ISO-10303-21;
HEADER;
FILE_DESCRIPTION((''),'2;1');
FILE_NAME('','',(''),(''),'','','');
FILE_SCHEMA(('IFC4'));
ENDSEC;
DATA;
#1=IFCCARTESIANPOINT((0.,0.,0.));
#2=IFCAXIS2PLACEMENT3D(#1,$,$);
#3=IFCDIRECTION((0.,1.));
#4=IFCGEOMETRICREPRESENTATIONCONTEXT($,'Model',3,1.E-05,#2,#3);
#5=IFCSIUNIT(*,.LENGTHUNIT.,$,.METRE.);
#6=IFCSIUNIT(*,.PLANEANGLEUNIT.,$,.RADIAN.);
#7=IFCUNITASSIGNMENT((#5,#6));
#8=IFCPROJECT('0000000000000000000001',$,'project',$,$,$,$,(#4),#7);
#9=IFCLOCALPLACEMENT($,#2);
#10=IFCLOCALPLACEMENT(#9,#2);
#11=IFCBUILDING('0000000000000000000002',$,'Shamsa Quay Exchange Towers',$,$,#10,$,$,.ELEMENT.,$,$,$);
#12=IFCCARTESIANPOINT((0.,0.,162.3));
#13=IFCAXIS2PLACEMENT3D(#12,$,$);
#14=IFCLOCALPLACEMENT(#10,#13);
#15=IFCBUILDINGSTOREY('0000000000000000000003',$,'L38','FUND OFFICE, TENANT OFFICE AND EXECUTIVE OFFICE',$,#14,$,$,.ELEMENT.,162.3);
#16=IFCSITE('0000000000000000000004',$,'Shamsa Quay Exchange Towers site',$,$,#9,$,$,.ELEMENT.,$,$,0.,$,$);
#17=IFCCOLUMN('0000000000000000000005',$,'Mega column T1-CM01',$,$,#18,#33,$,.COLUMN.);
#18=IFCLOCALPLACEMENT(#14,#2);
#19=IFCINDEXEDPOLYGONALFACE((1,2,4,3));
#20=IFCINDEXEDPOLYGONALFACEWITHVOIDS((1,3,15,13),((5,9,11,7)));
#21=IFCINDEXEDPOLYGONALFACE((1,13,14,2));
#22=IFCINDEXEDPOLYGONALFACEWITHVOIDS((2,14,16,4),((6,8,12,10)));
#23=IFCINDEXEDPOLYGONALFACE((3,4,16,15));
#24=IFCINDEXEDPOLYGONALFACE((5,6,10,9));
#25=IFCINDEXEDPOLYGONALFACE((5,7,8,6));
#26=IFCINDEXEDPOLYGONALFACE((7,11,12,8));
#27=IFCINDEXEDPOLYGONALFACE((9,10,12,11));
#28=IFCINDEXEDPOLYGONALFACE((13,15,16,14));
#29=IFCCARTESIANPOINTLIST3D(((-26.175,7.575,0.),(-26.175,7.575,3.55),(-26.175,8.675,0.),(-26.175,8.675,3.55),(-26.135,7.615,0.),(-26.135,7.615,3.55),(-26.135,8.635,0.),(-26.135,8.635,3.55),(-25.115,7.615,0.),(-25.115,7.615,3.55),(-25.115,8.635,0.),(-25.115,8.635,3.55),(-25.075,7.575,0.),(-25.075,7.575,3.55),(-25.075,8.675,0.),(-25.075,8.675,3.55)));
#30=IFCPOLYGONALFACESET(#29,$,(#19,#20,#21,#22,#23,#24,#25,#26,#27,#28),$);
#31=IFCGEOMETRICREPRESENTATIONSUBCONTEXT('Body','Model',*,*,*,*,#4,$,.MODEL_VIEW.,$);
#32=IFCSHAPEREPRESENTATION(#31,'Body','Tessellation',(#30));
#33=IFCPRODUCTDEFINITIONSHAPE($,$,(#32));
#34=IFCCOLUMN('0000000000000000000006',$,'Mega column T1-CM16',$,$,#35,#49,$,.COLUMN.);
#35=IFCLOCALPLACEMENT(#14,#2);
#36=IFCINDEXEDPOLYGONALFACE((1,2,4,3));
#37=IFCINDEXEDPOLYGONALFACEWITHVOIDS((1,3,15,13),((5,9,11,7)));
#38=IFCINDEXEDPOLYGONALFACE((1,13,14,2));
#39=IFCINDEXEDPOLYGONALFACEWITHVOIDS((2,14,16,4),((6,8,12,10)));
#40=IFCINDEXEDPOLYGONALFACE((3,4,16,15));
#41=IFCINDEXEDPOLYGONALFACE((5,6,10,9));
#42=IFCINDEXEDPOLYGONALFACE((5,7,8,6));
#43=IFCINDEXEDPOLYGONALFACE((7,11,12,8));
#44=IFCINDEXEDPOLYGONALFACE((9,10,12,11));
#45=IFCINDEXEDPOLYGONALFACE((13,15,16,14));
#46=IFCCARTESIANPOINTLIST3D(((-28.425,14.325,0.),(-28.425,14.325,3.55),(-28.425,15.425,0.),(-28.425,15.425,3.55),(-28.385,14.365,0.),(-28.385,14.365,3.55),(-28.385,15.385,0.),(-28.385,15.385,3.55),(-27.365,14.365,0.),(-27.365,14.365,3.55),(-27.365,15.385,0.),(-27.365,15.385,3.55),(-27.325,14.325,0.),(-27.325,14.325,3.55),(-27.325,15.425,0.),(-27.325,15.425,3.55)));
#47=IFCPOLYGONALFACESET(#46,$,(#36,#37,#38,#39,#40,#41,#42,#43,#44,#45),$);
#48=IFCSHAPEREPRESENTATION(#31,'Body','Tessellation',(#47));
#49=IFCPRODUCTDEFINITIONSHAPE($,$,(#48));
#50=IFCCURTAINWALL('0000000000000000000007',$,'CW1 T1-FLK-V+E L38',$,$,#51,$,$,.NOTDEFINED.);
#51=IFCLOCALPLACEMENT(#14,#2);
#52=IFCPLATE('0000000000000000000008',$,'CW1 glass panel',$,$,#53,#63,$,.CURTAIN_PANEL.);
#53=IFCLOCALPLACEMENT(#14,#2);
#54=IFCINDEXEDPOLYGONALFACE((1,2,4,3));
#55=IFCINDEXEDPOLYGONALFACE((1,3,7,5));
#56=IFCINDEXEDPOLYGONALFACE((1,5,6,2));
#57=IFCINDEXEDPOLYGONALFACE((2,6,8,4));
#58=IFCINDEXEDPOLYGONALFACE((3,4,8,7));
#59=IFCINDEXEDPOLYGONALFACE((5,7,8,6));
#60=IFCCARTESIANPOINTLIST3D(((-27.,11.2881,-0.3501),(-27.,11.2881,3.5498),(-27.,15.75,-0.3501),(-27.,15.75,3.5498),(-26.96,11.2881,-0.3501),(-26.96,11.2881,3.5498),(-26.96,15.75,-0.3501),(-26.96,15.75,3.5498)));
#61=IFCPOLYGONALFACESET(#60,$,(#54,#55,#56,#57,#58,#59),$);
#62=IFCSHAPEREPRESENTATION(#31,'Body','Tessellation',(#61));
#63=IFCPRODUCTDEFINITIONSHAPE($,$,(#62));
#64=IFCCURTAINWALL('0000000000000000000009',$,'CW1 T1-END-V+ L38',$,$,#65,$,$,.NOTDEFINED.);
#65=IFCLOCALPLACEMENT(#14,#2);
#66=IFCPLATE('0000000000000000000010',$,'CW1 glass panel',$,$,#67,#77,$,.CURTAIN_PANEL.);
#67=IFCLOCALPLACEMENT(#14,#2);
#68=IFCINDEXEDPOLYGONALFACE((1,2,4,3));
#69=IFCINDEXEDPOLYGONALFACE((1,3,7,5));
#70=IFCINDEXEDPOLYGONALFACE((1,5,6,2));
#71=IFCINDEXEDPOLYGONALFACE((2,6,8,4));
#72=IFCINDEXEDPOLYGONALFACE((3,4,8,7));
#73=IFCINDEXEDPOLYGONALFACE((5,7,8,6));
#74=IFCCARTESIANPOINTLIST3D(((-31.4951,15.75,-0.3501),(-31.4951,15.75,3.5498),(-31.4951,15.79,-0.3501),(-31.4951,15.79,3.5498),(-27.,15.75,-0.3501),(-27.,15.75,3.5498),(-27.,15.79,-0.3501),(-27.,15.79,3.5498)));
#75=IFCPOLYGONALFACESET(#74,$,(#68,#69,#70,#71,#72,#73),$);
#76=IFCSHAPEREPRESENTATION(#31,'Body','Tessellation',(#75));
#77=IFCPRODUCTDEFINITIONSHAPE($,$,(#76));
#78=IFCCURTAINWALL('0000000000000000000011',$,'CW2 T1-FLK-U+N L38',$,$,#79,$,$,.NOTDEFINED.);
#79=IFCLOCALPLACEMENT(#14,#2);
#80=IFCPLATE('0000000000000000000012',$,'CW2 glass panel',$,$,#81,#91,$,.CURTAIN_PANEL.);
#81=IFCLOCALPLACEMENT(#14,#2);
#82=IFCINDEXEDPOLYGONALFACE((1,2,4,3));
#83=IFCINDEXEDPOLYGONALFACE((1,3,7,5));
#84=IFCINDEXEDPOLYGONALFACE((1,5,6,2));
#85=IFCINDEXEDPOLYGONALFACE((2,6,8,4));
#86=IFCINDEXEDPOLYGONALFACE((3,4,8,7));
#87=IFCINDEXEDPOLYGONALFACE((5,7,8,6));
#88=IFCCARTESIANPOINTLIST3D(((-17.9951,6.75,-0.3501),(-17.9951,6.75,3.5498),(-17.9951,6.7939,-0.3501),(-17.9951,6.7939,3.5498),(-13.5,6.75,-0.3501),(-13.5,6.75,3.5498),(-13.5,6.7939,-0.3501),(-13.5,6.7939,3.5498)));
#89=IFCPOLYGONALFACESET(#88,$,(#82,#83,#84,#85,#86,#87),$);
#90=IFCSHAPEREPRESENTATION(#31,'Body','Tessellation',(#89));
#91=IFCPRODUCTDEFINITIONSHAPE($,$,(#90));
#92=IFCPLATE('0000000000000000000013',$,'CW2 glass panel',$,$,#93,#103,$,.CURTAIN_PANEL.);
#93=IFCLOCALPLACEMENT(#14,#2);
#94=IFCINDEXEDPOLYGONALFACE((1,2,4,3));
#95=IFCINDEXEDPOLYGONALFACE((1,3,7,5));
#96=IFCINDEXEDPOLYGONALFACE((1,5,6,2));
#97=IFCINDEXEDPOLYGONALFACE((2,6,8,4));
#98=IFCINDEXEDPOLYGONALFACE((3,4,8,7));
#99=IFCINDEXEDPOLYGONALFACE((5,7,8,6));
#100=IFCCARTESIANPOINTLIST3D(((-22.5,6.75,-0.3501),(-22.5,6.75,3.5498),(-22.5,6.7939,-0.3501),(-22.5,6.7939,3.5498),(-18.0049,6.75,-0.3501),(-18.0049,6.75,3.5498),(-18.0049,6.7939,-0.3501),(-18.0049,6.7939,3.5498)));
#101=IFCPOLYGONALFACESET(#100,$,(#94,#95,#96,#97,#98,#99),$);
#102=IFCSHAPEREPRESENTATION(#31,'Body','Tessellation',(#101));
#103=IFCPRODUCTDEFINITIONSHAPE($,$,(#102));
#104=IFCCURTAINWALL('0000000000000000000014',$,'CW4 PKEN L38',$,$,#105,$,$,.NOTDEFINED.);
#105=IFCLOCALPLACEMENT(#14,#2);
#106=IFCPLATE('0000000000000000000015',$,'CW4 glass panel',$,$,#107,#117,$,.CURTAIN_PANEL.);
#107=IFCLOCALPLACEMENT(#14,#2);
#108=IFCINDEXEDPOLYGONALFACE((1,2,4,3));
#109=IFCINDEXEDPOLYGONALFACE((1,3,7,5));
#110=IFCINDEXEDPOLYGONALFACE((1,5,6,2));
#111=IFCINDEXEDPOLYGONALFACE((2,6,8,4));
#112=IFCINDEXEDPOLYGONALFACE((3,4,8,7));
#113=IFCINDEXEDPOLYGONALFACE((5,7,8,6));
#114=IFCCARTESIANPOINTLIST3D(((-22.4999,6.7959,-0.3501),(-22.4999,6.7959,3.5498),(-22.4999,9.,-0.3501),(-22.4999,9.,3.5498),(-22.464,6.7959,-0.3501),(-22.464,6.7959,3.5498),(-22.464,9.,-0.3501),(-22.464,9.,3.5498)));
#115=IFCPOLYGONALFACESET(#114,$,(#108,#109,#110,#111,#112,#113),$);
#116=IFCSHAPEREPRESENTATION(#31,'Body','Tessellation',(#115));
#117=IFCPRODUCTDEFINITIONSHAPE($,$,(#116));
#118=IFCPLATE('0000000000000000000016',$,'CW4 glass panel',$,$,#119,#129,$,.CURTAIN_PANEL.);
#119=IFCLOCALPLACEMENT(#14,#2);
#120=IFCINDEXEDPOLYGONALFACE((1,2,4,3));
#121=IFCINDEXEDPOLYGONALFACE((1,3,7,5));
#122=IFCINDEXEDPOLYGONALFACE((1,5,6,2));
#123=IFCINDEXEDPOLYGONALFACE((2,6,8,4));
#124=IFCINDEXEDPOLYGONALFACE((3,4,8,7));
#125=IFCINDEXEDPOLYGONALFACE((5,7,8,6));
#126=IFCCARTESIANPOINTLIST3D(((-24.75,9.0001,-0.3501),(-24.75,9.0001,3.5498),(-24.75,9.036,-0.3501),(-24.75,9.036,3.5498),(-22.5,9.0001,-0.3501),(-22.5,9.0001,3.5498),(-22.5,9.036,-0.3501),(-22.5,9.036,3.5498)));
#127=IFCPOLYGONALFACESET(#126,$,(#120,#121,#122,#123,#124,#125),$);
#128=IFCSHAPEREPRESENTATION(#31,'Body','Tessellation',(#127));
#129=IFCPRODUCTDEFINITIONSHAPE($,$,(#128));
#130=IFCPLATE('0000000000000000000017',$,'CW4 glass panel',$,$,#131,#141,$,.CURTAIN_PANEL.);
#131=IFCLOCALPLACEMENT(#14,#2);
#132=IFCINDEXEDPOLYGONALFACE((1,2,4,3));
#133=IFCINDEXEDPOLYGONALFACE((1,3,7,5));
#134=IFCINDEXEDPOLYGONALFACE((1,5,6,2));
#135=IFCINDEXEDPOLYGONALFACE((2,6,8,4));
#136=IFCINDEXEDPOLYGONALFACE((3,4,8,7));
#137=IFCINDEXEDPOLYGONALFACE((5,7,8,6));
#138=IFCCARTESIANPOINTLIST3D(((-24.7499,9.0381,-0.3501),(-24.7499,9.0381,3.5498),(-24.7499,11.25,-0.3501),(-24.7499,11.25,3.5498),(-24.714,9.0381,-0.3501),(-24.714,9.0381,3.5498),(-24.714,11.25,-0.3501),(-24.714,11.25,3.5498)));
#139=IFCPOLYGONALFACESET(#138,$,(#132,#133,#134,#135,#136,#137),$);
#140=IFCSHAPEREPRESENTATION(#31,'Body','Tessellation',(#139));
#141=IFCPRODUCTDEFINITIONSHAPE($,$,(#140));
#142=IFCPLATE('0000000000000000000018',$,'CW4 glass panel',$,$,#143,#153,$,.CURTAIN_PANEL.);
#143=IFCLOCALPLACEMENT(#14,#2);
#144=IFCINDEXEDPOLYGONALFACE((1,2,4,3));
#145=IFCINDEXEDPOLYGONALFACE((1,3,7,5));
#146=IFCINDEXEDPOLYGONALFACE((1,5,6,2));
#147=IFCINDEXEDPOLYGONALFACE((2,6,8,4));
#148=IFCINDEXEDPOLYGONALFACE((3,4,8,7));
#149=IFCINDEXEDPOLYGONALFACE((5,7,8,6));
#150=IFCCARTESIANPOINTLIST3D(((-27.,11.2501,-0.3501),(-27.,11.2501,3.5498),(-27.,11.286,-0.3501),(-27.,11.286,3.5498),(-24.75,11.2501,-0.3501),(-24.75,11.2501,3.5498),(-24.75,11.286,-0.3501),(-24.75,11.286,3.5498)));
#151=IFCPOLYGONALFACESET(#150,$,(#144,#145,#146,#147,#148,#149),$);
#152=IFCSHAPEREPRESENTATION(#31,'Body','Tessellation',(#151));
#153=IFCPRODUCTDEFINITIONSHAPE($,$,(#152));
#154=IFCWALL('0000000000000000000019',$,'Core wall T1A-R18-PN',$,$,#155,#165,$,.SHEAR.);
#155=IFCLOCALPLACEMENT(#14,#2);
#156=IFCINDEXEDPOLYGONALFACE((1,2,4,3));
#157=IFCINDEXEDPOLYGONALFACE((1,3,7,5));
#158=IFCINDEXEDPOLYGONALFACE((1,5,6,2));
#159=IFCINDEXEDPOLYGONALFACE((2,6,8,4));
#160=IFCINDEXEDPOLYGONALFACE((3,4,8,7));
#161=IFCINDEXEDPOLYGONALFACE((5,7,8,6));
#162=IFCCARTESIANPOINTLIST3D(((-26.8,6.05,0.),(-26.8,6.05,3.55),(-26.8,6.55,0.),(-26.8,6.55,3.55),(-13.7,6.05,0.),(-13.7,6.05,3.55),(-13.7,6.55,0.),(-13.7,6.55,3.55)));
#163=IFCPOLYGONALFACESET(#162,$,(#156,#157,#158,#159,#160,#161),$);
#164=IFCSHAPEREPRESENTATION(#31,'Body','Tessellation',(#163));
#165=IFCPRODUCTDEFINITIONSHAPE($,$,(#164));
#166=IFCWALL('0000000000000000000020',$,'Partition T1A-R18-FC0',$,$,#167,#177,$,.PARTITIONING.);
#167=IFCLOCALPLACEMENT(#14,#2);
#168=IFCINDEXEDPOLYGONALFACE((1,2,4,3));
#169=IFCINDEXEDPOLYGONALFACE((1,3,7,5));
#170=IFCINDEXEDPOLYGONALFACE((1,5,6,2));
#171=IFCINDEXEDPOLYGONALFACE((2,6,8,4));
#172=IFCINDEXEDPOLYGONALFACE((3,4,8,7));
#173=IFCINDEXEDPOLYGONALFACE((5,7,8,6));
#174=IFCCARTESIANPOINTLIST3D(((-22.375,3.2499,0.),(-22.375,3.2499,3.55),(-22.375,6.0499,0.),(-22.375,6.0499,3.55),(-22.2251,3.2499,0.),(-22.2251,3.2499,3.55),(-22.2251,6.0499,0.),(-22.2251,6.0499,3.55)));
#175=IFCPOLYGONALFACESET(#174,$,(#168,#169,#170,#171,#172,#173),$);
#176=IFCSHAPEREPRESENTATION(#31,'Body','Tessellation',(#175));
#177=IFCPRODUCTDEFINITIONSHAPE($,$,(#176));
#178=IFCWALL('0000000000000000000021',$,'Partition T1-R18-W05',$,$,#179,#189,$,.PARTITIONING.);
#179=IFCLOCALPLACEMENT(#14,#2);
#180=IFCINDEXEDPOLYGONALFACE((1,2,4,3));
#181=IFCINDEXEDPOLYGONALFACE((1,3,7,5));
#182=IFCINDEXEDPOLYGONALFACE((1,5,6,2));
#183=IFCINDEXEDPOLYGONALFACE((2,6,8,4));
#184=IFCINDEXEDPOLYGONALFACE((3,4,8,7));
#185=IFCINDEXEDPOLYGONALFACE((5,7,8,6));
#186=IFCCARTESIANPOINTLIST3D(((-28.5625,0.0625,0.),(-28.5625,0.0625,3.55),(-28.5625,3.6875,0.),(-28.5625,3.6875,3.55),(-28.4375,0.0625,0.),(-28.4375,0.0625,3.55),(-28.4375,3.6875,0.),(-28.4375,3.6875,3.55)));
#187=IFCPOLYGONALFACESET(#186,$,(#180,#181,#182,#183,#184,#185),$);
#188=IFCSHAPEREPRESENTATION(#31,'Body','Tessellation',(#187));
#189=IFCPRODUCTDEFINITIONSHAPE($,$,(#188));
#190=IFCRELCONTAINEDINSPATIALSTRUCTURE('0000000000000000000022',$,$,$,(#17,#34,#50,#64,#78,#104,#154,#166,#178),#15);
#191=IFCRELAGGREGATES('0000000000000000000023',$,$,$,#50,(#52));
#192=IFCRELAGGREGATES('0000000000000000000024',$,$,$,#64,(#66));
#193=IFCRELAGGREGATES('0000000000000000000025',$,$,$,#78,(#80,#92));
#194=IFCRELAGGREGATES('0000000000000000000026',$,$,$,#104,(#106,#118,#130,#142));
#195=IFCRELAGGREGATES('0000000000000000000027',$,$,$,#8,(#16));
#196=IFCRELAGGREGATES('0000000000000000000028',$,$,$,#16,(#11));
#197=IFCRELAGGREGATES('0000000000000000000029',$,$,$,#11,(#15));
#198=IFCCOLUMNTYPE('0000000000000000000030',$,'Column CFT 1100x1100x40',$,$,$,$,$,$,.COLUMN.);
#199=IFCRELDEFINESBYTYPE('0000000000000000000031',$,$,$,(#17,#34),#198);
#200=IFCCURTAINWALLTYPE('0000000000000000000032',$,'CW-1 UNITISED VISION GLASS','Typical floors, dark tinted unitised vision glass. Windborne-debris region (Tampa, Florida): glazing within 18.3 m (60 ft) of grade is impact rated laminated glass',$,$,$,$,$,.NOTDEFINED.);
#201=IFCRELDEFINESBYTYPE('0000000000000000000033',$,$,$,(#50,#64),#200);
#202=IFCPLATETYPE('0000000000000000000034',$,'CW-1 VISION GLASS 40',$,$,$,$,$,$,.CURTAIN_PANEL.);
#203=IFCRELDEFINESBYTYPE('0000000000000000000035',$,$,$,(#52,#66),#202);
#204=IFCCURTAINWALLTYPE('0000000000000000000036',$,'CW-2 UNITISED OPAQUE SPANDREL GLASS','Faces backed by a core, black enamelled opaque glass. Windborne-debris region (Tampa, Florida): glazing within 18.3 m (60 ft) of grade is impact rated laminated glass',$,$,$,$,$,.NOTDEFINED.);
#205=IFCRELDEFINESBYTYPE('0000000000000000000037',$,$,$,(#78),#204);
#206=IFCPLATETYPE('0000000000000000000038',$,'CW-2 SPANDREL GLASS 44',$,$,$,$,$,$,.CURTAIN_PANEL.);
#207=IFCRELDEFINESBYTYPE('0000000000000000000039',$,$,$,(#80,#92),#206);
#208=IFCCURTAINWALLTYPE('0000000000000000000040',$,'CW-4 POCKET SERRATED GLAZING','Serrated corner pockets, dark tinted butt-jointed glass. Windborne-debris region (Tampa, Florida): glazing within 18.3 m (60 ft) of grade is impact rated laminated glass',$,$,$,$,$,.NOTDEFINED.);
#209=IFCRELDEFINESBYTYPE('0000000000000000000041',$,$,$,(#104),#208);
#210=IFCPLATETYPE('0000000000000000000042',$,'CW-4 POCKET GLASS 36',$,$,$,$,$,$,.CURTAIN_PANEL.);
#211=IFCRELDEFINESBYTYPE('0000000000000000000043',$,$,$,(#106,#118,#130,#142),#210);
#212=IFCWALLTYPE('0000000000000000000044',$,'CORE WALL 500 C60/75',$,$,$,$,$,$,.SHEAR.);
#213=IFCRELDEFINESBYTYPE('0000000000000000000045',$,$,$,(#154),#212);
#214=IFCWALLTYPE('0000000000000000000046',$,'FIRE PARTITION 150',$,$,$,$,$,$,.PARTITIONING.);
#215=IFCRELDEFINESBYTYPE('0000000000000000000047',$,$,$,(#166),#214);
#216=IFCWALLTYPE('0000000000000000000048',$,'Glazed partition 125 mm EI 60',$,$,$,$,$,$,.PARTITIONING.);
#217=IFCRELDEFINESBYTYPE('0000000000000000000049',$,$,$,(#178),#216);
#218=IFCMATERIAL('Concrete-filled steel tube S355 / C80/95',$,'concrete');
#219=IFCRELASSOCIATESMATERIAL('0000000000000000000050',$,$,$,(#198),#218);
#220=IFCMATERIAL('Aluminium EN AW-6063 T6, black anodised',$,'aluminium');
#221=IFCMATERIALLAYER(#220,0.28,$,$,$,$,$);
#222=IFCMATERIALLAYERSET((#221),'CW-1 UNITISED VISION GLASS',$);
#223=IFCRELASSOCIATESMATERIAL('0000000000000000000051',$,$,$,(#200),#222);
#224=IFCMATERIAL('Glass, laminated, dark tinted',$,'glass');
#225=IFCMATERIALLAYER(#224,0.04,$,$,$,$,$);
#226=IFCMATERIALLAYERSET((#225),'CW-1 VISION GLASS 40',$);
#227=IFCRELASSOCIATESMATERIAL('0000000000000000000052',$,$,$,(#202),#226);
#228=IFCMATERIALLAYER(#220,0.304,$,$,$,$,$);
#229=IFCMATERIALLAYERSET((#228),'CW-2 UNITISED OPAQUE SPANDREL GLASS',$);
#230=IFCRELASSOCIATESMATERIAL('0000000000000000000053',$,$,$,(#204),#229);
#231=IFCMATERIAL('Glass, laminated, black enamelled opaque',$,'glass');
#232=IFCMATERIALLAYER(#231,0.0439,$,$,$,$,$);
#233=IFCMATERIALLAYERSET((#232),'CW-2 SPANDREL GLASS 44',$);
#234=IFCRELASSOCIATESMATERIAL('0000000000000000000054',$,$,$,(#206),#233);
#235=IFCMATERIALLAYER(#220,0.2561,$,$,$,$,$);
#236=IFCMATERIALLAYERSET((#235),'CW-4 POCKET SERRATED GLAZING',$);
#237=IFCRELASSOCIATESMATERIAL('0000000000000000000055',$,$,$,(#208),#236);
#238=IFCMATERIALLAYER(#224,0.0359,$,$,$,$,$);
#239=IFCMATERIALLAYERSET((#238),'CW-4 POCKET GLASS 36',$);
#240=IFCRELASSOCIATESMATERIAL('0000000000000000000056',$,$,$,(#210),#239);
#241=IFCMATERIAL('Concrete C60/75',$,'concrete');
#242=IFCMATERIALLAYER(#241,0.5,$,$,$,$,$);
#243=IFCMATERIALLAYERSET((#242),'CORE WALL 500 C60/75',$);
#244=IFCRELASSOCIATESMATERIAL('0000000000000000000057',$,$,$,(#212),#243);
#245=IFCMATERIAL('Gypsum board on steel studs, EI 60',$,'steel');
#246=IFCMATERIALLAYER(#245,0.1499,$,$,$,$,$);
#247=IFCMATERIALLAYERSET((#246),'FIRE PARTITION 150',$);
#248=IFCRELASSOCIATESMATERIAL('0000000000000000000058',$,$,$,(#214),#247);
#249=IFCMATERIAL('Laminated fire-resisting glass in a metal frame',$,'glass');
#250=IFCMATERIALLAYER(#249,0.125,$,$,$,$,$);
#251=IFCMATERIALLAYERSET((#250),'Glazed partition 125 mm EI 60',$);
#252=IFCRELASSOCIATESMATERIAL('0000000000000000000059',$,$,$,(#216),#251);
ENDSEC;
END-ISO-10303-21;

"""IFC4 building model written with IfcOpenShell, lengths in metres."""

from ifc_helpers import new_model, si_unit, direction, frame, frame_2d, origin, origin_2d, place, context, subcontext, project, spatial, rectangle, hollow_rectangle, extrude, material, layer, layer_set, material_profile, profile_set, type_object, element, aggregate, save


model = new_model("IFC4")

# Units and contexts
model_context = context("Model", 3, precision=1e-05, world=origin(), true_north=direction((0.0, 1.0)))
body_context = subcontext(model_context, "Body", "Model", "MODEL_VIEW")
ifc_project = project(units=[si_unit("LENGTHUNIT", "METRE"), si_unit("PLANEANGLEUNIT", "RADIAN")], contexts=[model_context])

# Site, building, storey
site_placement = place(None, origin())
site = spatial("IfcSite", under=ifc_project, at=site_placement, Name="Shamsa Quay Exchange Towers site", CompositionType="ELEMENT", RefElevation=0.0)
building_placement = place(site_placement, origin())
building = spatial("IfcBuilding", under=site, at=building_placement, Name="Shamsa Quay Exchange Towers", CompositionType="ELEMENT")
storey_placement = place(building_placement, frame((0.0, 0.0, 162.3)))
storey = spatial("IfcBuildingStorey", under=building, at=storey_placement, Name="L38", Description="FUND OFFICE, TENANT OFFICE AND EXECUTIVE OFFICE", CompositionType="ELEMENT", Elevation=162.3)

# Columns
ifc_material_1 = material(Name="Concrete-filled steel tube S355 / C80/95", Category="concrete")
ifc_material_profile_1 = material_profile(ifc_material_1, hollow_rectangle(XDim=1.1001, YDim=1.1001, WallThickness=0.04, at=origin_2d()), Name="CFT 1100x1100x40")
ifc_profile_set_1 = profile_set([ifc_material_profile_1], Name="Concrete-filled steel tube S355 / C80/95")
column_type = type_object("IfcColumnType", Name="Column CFT 1100x1100x40", PredefinedType="COLUMN", material=ifc_profile_set_1)
for number, where, name in (
    (1, (-25.625, 8.125, 0.0), "Mega column T1-CM01"),
    (2, (-27.875, 14.875, 0.0), "Mega column T1-CM16"),
):
    element("IfcColumn", number, at=place(storey_placement, frame(where)), inside=storey, type_object=column_type, Name=name, PredefinedType="COLUMN", context=body_context, shape_type="SweptSolid", body=[
        extrude(hollow_rectangle(XDim=1.1001, YDim=1.1001, WallThickness=0.04, at=origin_2d()), origin(), (0.0, 0.0, 1.0), 3.55),
    ])

# Curtain walls, plates
ifc_material_2 = material(Name="Aluminium EN AW-6063 T6, black anodised", Category="aluminium")
ifc_layer_1 = layer(ifc_material_2, 0.28)
ifc_layer_set_1 = layer_set([ifc_layer_1], Name="CW-1 UNITISED VISION GLASS")
curtain_wall_type_1 = type_object("IfcCurtainWallType", Name="CW-1 UNITISED VISION GLASS", Description="Typical floors, dark tinted unitised vision glass. Windborne-debris region (Tampa, Florida): glazing within 18.3 m (60 ft) of grade is impact rated laminated glass", PredefinedType="NOTDEFINED", material=ifc_layer_set_1)
curtain_wall_1_placement = place(storey_placement, origin())
curtain_wall_1 = element("IfcCurtainWall", 3, at=curtain_wall_1_placement, inside=storey, type_object=curtain_wall_type_1, Name="CW1 T1-FLK-V+E L38", PredefinedType="NOTDEFINED")
ifc_material_3 = material(Name="Glass, laminated, dark tinted", Category="glass")
ifc_layer_2 = layer(ifc_material_3, 0.04)
ifc_layer_set_2 = layer_set([ifc_layer_2], Name="CW-1 VISION GLASS 40")
plate_type_1 = type_object("IfcPlateType", Name="CW-1 VISION GLASS 40", PredefinedType="CURTAIN_PANEL", material=ifc_layer_set_2)
plate_1_placement = place(storey_placement, frame((-26.98, 13.519, -0.3501), z_axis=(0.0, 0.0, 1.0), x_axis=(0.0, 1.0, 0.0)))
plate_1 = element("IfcPlate", 4, at=plate_1_placement, type_object=plate_type_1, Name="CW1 glass panel", PredefinedType="CURTAIN_PANEL", context=body_context, shape_type="SweptSolid", body=[
    extrude(rectangle(XDim=4.4619, YDim=0.04, at=origin_2d()), origin(), (0.0, 0.0, 1.0), 3.8999),
])
aggregate(curtain_wall_1, [plate_1])
curtain_wall_2_placement = place(storey_placement, origin())
curtain_wall_2 = element("IfcCurtainWall", 5, at=curtain_wall_2_placement, inside=storey, type_object=curtain_wall_type_1, Name="CW1 T1-END-V+ L38", PredefinedType="NOTDEFINED")
plate_2_placement = place(storey_placement, frame((-29.2476, 15.77, -0.3501), z_axis=(0.0, 0.0, 1.0), x_axis=(-1.0, 0.0, 0.0)))
plate_2 = element("IfcPlate", 6, at=plate_2_placement, type_object=plate_type_1, Name="CW1 glass panel", PredefinedType="CURTAIN_PANEL", context=body_context, shape_type="SweptSolid", body=[
    extrude(rectangle(XDim=4.4951, YDim=0.04, at=origin_2d()), origin(), (0.0, 0.0, 1.0), 3.8999),
])
aggregate(curtain_wall_2, [plate_2])

# Curtain walls, plates
ifc_layer_3 = layer(ifc_material_2, 0.304)
ifc_layer_set_3 = layer_set([ifc_layer_3], Name="CW-2 UNITISED OPAQUE SPANDREL GLASS")
curtain_wall_type_2 = type_object("IfcCurtainWallType", Name="CW-2 UNITISED OPAQUE SPANDREL GLASS", Description="Faces backed by a core, black enamelled opaque glass. Windborne-debris region (Tampa, Florida): glazing within 18.3 m (60 ft) of grade is impact rated laminated glass", PredefinedType="NOTDEFINED", material=ifc_layer_set_3)
curtain_wall_3_placement = place(storey_placement, origin())
curtain_wall_3 = element("IfcCurtainWall", 7, at=curtain_wall_3_placement, inside=storey, type_object=curtain_wall_type_2, Name="CW2 T1-FLK-U+N L38", PredefinedType="NOTDEFINED")
ifc_material_4 = material(Name="Glass, laminated, black enamelled opaque", Category="glass")
ifc_layer_4 = layer(ifc_material_4, 0.0439)
ifc_layer_set_4 = layer_set([ifc_layer_4], Name="CW-2 SPANDREL GLASS 44")
plate_type_2 = type_object("IfcPlateType", Name="CW-2 SPANDREL GLASS 44", PredefinedType="CURTAIN_PANEL", material=ifc_layer_set_4)
plate_3_placement = place(storey_placement, frame((-15.7476, 6.772, -0.3501), z_axis=(0.0, 0.0, 1.0), x_axis=(-1.0, 0.0, 0.0)))
plate_3 = element("IfcPlate", 8, at=plate_3_placement, type_object=plate_type_2, Name="CW2 glass panel", PredefinedType="CURTAIN_PANEL", context=body_context, shape_type="SweptSolid", body=[
    extrude(rectangle(XDim=4.4951, YDim=0.0439, at=origin_2d()), origin(), (0.0, 0.0, 1.0), 3.8999),
])
plate_4_placement = place(storey_placement, frame((-20.2524, 6.772, -0.3501), z_axis=(0.0, 0.0, 1.0), x_axis=(-1.0, 0.0, 0.0)))
plate_4 = element("IfcPlate", 9, at=plate_4_placement, type_object=plate_type_2, Name="CW2 glass panel", PredefinedType="CURTAIN_PANEL", context=body_context, shape_type="SweptSolid", body=[
    extrude(rectangle(XDim=4.4951, YDim=0.0439, at=origin_2d()), origin(), (0.0, 0.0, 1.0), 3.8999),
])
aggregate(curtain_wall_3, [plate_3, plate_4])
ifc_layer_5 = layer(ifc_material_2, 0.2561)
ifc_layer_set_5 = layer_set([ifc_layer_5], Name="CW-4 POCKET SERRATED GLAZING")
curtain_wall_type_3 = type_object("IfcCurtainWallType", Name="CW-4 POCKET SERRATED GLAZING", Description="Serrated corner pockets, dark tinted butt-jointed glass. Windborne-debris region (Tampa, Florida): glazing within 18.3 m (60 ft) of grade is impact rated laminated glass", PredefinedType="NOTDEFINED", material=ifc_layer_set_5)
curtain_wall_4_placement = place(storey_placement, origin())
curtain_wall_4 = element("IfcCurtainWall", 10, at=curtain_wall_4_placement, inside=storey, type_object=curtain_wall_type_3, Name="CW4 PKEN L38", PredefinedType="NOTDEFINED")
ifc_layer_6 = layer(ifc_material_3, 0.0359)
ifc_layer_set_6 = layer_set([ifc_layer_6], Name="CW-4 POCKET GLASS 36")
plate_type_3 = type_object("IfcPlateType", Name="CW-4 POCKET GLASS 36", PredefinedType="CURTAIN_PANEL", material=ifc_layer_set_6)
plate_5_placement = place(storey_placement, frame((-22.4819, 7.8979, -0.3501), z_axis=(0.0, 0.0, 1.0), x_axis=(0.0, 1.0, 0.0)))
plate_5 = element("IfcPlate", 11, at=plate_5_placement, type_object=plate_type_3, Name="CW4 glass panel", PredefinedType="CURTAIN_PANEL", context=body_context, shape_type="SweptSolid", body=[
    extrude(rectangle(XDim=2.2041, YDim=0.0359, at=origin_2d()), origin(), (0.0, 0.0, 1.0), 3.8999),
])
plate_6_placement = place(storey_placement, frame((-23.625, 9.0181, -0.3501), z_axis=(0.0, 0.0, 1.0), x_axis=(-1.0, 0.0, 0.0)))
plate_6 = element("IfcPlate", 12, at=plate_6_placement, type_object=plate_type_3, Name="CW4 glass panel", PredefinedType="CURTAIN_PANEL", context=body_context, shape_type="SweptSolid", body=[
    extrude(rectangle(XDim=2.25, YDim=0.0359, at=origin_2d()), origin(), (0.0, 0.0, 1.0), 3.8999),
])
plate_7_placement = place(storey_placement, frame((-24.7319, 10.144, -0.3501), z_axis=(0.0, 0.0, 1.0), x_axis=(0.0, 1.0, 0.0)))
plate_7 = element("IfcPlate", 13, at=plate_7_placement, type_object=plate_type_3, Name="CW4 glass panel", PredefinedType="CURTAIN_PANEL", context=body_context, shape_type="SweptSolid", body=[
    extrude(rectangle(XDim=2.2119, YDim=0.0359, at=origin_2d()), origin(), (0.0, 0.0, 1.0), 3.8999),
])
plate_8_placement = place(storey_placement, frame((-25.875, 11.2681, -0.3501), z_axis=(0.0, 0.0, 1.0), x_axis=(-1.0, 0.0, 0.0)))
plate_8 = element("IfcPlate", 14, at=plate_8_placement, type_object=plate_type_3, Name="CW4 glass panel", PredefinedType="CURTAIN_PANEL", context=body_context, shape_type="SweptSolid", body=[
    extrude(rectangle(XDim=2.25, YDim=0.0359, at=origin_2d()), origin(), (0.0, 0.0, 1.0), 3.8999),
])
aggregate(curtain_wall_4, [plate_5, plate_6, plate_7, plate_8])

# Wall
ifc_material_5 = material(Name="Concrete C60/75", Category="concrete")
ifc_layer_7 = layer(ifc_material_5, 0.5)
ifc_layer_set_7 = layer_set([ifc_layer_7], Name="CORE WALL 500 C60/75")
wall_type_1 = type_object("IfcWallType", Name="CORE WALL 500 C60/75", PredefinedType="SHEAR", material=ifc_layer_set_7)
wall_1_placement = place(storey_placement, frame((-26.8, 6.3, 0.0)))
element("IfcWall", 15, at=wall_1_placement, inside=storey, type_object=wall_type_1, Name="Core wall T1A-R18-PN", PredefinedType="SHEAR", context=body_context, shape_type="SweptSolid", body=[
    extrude(rectangle(XDim=13.1001, YDim=0.5, at=frame_2d((6.55, 0.0))), origin(), (0.0, 0.0, 1.0), 3.55),
])

# Walls
ifc_material_6 = material(Name="Gypsum board on steel studs, EI 60", Category="steel")
ifc_layer_8 = layer(ifc_material_6, 0.1499)
ifc_layer_set_8 = layer_set([ifc_layer_8], Name="FIRE PARTITION 150")
wall_type_2 = type_object("IfcWallType", Name="FIRE PARTITION 150", PredefinedType="PARTITIONING", material=ifc_layer_set_8)
wall_2_placement = place(storey_placement, frame((-22.3, 3.25, 0.0), z_axis=(0.0, 0.0, 1.0), x_axis=(0.0, 1.0, 0.0)))
element("IfcWall", 16, at=wall_2_placement, inside=storey, type_object=wall_type_2, Name="Partition T1A-R18-FC0", PredefinedType="PARTITIONING", context=body_context, shape_type="SweptSolid", body=[
    extrude(rectangle(XDim=2.8, YDim=0.1499, at=frame_2d((1.3999, 0.0))), origin(), (0.0, 0.0, 1.0), 3.55),
])
ifc_material_7 = material(Name="Laminated fire-resisting glass in a metal frame", Category="glass")
ifc_layer_9 = layer(ifc_material_7, 0.125)
ifc_layer_set_9 = layer_set([ifc_layer_9], Name="Glazed partition 125 mm EI 60")
wall_type_3 = type_object("IfcWallType", Name="Glazed partition 125 mm EI 60", PredefinedType="PARTITIONING", material=ifc_layer_set_9)
wall_3_placement = place(storey_placement, frame((-28.5, 0.0625, 0.0), z_axis=(0.0, 0.0, 1.0), x_axis=(0.0, 1.0, 0.0)))
element("IfcWall", 17, at=wall_3_placement, inside=storey, type_object=wall_type_3, Name="Partition T1-R18-W05", PredefinedType="PARTITIONING", context=body_context, shape_type="SweptSolid", body=[
    extrude(rectangle(XDim=3.625, YDim=0.125, at=frame_2d((1.8125, 0.0))), origin(), (0.0, 0.0, 1.0), 3.55),
])

save(model, "model.ifc")
